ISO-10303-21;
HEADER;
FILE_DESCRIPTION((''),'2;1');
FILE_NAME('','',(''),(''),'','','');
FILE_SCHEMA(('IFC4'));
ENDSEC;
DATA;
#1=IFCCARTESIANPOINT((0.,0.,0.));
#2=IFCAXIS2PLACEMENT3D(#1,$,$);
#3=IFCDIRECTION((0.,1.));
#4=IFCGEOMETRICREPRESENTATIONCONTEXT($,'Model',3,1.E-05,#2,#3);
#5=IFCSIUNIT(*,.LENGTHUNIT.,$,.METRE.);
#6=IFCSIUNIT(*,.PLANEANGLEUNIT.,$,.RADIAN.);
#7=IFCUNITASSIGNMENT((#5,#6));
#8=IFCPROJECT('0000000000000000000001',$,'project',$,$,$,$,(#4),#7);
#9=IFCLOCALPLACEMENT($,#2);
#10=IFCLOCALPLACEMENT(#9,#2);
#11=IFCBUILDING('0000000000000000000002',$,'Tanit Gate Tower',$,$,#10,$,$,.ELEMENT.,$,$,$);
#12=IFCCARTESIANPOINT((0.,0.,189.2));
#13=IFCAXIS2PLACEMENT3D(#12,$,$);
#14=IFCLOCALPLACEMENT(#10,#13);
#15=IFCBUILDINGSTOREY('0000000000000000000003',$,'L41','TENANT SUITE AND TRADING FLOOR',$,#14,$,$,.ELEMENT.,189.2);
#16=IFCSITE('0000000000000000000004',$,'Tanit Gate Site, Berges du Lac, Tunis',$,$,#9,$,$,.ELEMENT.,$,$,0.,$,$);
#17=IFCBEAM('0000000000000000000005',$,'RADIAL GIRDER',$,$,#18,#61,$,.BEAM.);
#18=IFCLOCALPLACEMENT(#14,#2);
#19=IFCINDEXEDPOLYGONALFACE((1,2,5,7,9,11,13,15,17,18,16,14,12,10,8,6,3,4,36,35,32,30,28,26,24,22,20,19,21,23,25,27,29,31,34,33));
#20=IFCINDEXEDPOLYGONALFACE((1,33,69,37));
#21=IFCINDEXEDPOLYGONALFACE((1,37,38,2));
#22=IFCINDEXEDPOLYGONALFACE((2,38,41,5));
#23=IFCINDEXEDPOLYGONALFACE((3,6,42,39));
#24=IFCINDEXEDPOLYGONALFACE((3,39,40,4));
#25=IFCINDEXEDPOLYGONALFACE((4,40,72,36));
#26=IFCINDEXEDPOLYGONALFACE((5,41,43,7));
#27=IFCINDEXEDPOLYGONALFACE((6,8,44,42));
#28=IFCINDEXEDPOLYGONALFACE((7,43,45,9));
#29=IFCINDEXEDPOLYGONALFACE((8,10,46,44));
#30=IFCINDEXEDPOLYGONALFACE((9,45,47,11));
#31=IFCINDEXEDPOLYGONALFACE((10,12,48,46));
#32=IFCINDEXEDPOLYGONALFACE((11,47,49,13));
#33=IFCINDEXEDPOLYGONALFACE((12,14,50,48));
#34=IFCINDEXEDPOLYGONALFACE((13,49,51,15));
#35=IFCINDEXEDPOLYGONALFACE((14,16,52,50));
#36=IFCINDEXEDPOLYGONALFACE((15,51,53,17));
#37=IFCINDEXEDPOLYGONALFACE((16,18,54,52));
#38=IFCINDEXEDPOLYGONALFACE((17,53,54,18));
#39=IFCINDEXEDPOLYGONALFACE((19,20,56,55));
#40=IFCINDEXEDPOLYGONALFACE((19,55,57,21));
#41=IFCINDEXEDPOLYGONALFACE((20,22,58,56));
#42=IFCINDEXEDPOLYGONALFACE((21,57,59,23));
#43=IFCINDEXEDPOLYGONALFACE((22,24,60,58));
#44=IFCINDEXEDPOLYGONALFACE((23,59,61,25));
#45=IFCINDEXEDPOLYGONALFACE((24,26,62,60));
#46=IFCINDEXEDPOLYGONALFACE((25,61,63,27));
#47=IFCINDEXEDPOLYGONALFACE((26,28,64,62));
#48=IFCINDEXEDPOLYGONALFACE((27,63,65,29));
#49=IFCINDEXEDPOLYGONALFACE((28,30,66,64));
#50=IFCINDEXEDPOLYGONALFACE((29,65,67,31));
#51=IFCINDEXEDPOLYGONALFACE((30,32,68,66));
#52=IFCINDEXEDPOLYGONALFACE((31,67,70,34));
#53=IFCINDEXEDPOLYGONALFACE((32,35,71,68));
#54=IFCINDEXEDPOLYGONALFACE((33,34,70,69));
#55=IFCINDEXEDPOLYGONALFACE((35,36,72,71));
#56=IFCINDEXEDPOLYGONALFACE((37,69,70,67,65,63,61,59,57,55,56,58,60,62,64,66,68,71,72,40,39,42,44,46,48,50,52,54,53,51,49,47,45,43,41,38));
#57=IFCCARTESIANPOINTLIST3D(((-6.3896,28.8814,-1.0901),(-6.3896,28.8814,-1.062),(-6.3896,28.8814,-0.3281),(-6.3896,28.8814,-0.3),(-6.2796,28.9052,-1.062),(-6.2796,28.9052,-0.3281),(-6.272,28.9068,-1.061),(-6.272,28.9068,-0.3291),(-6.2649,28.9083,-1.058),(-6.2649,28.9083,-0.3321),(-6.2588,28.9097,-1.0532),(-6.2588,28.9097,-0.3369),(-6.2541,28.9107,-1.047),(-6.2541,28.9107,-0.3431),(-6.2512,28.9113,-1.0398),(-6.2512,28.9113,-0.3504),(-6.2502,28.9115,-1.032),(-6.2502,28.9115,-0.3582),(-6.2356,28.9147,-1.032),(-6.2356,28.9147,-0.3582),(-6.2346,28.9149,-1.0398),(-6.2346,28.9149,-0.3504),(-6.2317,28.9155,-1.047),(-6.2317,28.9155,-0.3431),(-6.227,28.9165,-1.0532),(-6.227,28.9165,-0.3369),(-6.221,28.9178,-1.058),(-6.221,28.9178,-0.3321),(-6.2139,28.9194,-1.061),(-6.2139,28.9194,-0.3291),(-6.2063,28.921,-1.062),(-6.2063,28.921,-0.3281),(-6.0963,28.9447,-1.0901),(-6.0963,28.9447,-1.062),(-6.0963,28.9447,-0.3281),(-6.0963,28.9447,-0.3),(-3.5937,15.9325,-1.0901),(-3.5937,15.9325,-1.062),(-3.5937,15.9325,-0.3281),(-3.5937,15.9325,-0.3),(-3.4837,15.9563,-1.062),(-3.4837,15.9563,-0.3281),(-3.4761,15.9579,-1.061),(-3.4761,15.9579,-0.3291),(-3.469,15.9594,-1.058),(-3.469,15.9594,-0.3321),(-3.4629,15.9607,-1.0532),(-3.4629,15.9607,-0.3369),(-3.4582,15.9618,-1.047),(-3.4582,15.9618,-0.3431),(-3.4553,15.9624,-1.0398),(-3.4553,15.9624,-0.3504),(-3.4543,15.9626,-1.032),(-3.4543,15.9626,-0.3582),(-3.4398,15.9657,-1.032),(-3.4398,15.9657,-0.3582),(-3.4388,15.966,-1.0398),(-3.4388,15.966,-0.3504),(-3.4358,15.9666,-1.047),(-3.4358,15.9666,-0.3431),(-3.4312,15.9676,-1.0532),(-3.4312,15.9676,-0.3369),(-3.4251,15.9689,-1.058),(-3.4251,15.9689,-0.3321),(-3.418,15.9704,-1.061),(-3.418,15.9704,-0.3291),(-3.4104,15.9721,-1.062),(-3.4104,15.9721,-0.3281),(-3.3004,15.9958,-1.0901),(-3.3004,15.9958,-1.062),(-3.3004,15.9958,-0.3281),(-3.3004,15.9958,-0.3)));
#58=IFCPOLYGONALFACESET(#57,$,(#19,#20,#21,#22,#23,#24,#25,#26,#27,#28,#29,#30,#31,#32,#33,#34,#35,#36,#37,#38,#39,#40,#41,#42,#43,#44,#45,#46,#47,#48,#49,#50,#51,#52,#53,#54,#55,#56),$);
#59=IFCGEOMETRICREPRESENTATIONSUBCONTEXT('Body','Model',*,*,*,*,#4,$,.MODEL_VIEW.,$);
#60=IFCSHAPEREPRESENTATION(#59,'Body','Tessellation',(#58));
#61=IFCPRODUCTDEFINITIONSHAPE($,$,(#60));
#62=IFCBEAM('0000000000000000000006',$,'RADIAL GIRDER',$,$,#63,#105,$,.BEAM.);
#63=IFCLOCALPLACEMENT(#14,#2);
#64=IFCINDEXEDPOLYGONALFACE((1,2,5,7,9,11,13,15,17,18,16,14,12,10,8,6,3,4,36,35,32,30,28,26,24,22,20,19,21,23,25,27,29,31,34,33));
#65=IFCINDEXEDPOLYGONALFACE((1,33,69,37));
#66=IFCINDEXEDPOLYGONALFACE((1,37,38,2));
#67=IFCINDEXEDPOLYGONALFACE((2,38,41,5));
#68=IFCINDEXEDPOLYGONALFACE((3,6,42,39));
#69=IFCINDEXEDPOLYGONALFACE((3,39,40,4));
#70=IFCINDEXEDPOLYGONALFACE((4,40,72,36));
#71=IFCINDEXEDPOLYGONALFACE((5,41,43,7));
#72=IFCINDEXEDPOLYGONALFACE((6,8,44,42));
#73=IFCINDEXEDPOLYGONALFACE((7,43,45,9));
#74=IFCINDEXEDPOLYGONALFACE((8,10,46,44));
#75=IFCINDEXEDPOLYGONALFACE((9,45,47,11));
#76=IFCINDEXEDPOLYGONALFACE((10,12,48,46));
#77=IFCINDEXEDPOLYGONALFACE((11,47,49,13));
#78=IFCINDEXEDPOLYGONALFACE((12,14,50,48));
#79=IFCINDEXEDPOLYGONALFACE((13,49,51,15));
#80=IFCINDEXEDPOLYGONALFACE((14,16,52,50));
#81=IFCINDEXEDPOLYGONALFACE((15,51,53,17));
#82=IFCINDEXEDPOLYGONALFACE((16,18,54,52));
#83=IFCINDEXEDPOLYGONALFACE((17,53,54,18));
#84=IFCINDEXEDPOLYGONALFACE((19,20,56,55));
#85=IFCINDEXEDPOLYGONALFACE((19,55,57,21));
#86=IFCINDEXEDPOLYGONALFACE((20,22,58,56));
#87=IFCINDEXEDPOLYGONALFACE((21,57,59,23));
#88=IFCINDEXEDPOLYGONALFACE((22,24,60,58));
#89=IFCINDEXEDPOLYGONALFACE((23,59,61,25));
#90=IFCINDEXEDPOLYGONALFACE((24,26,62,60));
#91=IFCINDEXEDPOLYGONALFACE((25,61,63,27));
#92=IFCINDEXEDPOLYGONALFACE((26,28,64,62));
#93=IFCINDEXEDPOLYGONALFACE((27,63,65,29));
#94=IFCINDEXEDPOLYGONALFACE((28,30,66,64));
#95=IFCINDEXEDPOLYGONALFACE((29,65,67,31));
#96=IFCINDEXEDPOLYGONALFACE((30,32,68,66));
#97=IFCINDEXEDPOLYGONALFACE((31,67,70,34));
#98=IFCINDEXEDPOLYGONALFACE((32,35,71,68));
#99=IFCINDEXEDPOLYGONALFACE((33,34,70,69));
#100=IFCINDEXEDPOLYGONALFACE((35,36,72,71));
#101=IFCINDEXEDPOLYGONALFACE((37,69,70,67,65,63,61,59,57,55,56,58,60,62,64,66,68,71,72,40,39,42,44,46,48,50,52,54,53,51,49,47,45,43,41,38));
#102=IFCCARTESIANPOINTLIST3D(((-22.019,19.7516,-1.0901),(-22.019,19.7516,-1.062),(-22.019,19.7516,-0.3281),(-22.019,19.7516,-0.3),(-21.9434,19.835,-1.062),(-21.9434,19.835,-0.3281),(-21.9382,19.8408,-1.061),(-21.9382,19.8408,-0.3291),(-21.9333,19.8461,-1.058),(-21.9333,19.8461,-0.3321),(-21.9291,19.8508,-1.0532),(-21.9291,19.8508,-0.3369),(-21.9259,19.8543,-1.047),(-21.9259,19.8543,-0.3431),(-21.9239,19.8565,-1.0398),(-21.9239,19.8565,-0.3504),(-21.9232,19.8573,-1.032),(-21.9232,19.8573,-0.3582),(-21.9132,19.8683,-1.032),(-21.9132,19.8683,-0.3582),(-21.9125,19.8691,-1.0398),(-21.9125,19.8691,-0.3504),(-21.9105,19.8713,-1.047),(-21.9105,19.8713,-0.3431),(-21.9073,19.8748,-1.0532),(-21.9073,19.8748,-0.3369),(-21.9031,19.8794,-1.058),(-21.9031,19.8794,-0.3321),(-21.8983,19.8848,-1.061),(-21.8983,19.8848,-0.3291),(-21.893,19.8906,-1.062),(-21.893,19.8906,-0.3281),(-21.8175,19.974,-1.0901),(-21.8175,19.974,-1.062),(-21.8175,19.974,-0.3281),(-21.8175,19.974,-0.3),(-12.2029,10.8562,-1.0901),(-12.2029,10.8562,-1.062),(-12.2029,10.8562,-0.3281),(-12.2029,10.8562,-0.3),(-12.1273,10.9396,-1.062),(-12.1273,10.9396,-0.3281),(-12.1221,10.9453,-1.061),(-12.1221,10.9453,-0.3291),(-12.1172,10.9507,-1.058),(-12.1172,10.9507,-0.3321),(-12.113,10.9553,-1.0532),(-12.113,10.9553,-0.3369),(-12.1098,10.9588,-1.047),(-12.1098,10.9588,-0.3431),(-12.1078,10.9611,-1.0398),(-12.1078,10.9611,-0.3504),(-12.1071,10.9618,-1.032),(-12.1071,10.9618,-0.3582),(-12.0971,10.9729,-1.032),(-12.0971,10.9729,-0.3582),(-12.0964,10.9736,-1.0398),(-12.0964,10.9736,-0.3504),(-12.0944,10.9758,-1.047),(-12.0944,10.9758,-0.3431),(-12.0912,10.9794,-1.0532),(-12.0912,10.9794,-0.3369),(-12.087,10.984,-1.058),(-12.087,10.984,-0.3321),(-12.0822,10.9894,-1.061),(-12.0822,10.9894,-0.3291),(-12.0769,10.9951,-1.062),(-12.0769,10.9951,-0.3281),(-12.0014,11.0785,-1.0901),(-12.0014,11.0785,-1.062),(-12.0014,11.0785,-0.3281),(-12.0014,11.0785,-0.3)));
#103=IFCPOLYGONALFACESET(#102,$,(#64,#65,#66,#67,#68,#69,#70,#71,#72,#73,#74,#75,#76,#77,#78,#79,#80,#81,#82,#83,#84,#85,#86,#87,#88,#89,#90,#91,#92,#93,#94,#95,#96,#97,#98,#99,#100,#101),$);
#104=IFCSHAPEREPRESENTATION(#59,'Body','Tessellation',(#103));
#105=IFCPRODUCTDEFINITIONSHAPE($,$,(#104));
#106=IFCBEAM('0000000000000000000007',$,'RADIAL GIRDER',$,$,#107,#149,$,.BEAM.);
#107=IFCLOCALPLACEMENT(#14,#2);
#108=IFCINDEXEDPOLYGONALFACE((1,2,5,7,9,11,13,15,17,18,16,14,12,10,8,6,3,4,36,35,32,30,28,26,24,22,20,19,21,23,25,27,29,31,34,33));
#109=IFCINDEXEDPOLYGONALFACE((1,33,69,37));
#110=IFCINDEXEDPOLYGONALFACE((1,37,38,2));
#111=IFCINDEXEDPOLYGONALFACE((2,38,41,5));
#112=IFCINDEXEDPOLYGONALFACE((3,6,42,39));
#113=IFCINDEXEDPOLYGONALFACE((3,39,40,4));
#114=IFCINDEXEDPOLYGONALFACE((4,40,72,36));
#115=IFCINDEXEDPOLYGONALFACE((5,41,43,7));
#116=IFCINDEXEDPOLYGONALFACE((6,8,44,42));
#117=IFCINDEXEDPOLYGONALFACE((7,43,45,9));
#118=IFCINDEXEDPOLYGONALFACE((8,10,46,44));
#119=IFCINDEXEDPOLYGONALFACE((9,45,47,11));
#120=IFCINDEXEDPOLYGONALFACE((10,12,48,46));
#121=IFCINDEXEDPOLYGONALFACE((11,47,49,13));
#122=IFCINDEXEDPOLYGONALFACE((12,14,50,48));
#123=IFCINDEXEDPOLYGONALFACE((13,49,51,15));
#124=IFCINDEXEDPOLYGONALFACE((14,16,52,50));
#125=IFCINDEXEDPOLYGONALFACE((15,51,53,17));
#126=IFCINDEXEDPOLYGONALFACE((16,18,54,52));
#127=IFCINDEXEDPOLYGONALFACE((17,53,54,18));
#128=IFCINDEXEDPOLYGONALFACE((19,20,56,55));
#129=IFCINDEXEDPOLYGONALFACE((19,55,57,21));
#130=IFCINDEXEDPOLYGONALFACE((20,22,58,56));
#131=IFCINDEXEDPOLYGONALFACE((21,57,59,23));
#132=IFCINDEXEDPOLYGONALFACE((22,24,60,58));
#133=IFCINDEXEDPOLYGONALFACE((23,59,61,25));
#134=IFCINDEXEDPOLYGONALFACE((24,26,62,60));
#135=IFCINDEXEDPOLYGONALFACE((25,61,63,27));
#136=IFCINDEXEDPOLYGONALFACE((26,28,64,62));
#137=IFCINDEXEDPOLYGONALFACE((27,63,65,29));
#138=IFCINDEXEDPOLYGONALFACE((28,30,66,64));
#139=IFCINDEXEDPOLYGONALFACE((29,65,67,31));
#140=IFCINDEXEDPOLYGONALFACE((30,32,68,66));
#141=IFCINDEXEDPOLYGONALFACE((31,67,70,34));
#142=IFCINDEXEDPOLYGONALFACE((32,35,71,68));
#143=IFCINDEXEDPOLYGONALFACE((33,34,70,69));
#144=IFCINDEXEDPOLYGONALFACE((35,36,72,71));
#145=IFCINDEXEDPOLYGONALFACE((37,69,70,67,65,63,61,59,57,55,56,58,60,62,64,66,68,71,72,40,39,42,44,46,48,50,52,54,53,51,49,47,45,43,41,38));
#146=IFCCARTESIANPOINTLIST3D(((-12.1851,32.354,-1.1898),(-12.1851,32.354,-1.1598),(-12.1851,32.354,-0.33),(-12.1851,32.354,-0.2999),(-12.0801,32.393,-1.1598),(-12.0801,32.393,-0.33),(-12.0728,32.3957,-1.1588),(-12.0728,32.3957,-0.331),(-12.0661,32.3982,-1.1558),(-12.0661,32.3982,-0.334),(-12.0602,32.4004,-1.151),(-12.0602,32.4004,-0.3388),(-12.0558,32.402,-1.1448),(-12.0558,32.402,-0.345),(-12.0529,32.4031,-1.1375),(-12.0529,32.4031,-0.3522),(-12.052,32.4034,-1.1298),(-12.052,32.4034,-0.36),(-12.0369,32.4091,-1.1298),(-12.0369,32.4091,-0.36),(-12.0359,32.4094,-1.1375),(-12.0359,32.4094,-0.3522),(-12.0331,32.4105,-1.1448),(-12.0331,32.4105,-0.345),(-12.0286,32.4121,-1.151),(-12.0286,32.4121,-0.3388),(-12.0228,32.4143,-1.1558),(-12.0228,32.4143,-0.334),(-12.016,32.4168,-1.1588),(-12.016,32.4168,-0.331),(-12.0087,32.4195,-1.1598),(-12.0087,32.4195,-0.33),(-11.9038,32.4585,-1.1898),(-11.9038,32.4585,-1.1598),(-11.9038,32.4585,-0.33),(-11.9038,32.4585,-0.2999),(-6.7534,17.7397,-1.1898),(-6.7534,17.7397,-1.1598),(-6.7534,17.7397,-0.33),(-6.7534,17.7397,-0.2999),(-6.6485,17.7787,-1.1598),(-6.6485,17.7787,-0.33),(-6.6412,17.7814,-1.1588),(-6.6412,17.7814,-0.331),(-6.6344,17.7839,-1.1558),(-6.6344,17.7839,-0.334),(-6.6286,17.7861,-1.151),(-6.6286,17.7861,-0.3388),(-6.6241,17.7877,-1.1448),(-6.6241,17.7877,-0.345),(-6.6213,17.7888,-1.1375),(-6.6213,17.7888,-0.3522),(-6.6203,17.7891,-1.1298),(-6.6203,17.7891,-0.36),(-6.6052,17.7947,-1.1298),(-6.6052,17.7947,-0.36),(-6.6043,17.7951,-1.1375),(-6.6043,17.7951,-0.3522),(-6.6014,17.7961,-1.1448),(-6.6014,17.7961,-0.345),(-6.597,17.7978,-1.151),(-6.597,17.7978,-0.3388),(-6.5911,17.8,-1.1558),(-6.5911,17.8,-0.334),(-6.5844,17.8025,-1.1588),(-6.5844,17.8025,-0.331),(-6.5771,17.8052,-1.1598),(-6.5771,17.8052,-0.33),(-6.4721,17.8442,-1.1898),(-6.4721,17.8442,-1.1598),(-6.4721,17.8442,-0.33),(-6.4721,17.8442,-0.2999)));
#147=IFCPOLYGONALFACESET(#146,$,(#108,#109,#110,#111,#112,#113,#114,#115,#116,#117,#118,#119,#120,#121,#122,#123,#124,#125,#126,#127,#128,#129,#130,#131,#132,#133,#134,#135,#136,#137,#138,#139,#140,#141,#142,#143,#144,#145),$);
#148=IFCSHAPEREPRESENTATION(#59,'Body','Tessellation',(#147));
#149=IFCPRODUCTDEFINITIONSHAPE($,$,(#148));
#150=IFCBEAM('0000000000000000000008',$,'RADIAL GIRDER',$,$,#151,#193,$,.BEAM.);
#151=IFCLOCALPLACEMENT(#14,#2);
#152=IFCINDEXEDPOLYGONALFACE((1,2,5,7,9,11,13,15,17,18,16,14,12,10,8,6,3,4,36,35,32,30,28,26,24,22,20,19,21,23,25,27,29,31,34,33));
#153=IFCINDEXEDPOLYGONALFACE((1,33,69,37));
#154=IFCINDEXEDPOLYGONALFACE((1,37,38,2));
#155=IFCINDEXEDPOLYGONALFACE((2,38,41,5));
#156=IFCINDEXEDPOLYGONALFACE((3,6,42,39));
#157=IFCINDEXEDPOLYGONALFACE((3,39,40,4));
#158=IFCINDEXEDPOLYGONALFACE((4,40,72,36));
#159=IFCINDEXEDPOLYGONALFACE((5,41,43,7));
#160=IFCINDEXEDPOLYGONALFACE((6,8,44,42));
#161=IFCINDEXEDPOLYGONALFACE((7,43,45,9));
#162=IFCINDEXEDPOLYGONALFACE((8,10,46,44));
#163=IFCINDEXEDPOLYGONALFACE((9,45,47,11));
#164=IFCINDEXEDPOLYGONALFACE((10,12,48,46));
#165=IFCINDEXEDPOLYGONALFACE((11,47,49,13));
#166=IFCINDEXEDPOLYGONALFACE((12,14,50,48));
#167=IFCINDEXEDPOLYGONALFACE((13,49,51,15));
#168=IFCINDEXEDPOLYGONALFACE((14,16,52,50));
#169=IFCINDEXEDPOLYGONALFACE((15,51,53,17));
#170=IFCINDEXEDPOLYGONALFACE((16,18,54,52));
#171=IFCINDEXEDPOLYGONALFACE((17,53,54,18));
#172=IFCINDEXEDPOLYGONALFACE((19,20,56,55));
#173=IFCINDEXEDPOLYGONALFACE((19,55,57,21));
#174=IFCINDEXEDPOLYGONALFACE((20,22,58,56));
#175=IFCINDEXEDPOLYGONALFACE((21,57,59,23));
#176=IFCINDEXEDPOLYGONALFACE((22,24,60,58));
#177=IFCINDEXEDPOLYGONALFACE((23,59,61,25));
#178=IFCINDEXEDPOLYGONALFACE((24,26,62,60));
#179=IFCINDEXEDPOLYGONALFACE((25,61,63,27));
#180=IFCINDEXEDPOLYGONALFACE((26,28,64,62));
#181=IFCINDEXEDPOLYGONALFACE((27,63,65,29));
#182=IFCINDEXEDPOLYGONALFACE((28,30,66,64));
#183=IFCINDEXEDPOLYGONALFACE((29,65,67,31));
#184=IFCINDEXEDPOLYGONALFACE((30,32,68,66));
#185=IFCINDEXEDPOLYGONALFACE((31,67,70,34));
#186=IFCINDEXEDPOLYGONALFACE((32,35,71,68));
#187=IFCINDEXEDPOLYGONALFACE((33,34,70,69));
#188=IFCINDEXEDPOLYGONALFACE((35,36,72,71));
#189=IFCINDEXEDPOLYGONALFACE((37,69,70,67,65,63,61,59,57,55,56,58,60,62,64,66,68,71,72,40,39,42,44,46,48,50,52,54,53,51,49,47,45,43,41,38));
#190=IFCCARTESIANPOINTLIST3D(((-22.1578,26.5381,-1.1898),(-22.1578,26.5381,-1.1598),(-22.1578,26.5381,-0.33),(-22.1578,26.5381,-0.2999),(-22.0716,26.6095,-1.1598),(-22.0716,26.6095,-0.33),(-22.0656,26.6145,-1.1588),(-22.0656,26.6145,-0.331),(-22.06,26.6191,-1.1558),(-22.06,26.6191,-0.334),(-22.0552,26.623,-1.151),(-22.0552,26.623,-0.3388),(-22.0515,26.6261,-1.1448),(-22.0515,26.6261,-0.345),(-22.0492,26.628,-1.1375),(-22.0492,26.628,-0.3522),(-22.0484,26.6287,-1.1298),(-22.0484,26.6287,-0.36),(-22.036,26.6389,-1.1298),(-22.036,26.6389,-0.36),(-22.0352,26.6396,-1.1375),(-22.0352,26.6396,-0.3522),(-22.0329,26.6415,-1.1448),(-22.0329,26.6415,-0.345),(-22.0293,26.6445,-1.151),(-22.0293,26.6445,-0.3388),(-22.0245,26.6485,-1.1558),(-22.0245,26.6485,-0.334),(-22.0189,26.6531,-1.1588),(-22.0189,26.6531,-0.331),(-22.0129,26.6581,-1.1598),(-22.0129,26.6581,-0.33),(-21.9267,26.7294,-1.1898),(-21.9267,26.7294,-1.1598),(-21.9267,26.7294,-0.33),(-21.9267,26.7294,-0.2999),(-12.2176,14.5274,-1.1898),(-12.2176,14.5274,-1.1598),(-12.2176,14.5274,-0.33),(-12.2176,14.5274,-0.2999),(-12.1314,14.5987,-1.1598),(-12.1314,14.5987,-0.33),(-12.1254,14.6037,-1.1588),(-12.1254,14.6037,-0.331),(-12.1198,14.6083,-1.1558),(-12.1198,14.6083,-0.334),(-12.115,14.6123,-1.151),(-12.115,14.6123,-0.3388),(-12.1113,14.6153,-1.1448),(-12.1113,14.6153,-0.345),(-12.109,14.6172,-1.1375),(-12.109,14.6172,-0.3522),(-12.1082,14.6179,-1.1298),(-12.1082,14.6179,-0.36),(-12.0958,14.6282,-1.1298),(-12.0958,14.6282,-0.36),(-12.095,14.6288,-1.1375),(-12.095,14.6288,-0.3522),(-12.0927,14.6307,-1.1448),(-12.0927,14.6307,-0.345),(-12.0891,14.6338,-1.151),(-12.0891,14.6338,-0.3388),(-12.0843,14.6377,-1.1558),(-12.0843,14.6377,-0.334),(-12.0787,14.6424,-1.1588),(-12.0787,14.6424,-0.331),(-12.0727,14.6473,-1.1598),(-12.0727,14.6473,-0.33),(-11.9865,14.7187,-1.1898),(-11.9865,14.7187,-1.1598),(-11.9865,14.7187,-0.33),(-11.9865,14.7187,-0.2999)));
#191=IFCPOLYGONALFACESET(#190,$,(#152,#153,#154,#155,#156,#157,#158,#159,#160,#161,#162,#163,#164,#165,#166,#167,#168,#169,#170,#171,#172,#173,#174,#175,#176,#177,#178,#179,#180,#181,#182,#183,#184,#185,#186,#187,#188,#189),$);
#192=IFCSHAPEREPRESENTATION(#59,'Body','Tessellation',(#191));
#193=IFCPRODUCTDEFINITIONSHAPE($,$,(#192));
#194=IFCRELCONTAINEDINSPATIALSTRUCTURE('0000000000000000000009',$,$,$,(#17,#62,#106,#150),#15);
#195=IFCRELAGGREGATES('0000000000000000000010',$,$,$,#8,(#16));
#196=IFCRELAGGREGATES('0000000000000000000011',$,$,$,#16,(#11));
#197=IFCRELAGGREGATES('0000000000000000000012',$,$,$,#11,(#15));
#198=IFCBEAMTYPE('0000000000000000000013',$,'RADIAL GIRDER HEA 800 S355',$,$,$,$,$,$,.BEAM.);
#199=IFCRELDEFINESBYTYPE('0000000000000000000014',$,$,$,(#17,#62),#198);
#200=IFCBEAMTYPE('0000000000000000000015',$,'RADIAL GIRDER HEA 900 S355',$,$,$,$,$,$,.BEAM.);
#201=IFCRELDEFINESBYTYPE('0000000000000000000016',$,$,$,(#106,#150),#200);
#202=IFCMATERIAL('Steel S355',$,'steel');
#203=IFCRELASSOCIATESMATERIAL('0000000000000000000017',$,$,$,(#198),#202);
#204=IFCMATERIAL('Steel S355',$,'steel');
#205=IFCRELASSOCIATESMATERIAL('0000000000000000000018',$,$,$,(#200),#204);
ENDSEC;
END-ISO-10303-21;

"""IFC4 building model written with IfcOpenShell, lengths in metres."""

from ifc_helpers import new_model, si_unit, direction, frame, origin, origin_2d, place, context, subcontext, project, spatial, i_section, extrude, material, material_profile, profile_set, type_object, element, save


model = new_model("IFC4")

# Units and contexts
model_context = context("Model", 3, precision=1e-05, world=origin(), true_north=direction((0.0, 1.0)))
body_context = subcontext(model_context, "Body", "Model", "MODEL_VIEW")
ifc_project = project(units=[si_unit("LENGTHUNIT", "METRE"), si_unit("PLANEANGLEUNIT", "RADIAN")], contexts=[model_context])

# Site, building, storey
site_placement = place(None, origin())
site = spatial("IfcSite", under=ifc_project, at=site_placement, Name="Tanit Gate Site, Berges du Lac, Tunis", CompositionType="ELEMENT", RefElevation=0.0)
building_placement = place(site_placement, origin())
building = spatial("IfcBuilding", under=site, at=building_placement, Name="Tanit Gate Tower", CompositionType="ELEMENT")
storey_placement = place(building_placement, frame((0.0, 0.0, 189.2)))
storey = spatial("IfcBuildingStorey", under=building, at=storey_placement, Name="L41", Description="TENANT SUITE AND TRADING FLOOR", CompositionType="ELEMENT", Elevation=189.2)

# Beams
ifc_material_1 = material(Name="Steel S355", Category="steel")
ifc_material_profile_1 = material_profile(ifc_material_1, i_section(OverallWidth=0.3, OverallDepth=0.79, WebThickness=0.0149, FlangeThickness=0.0281, FilletRadius=0.03, at=origin_2d()), Name="HEA 800")
ifc_profile_set_1 = profile_set([ifc_material_profile_1], Name="Steel S355")
beam_type_1 = type_object("IfcBeamType", Name="RADIAL GIRDER HEA 800 S355", PredefinedType="BEAM", material=ifc_profile_set_1)
beam_1_placement = place(storey_placement, frame((-6.2429, 28.9131, -0.6951), z_axis=(0.211053, -0.977475, 0.0), x_axis=(0.977475, 0.211053, 0.0)))
element("IfcBeam", 1, at=beam_1_placement, inside=storey, type_object=beam_type_1, Name="RADIAL GIRDER", PredefinedType="BEAM", context=body_context, shape_type="SweptSolid", body=[
    extrude(i_section(OverallWidth=0.3, OverallDepth=0.79, WebThickness=0.0149, FlangeThickness=0.0281, FilletRadius=0.03, at=origin_2d()), origin(), (0.0, 0.0, 1.0), 13.2473),
])
beam_2_placement = place(storey_placement, frame((-21.9182, 19.8628, -0.6951), z_axis=(0.741002, -0.671503, 0.0), x_axis=(0.671503, 0.741002, 0.0)))
element("IfcBeam", 2, at=beam_2_placement, inside=storey, type_object=beam_type_1, Name="RADIAL GIRDER", PredefinedType="BEAM", context=body_context, shape_type="SweptSolid", body=[
    extrude(i_section(OverallWidth=0.3, OverallDepth=0.79, WebThickness=0.0149, FlangeThickness=0.0281, FilletRadius=0.03, at=origin_2d()), origin(), (0.0, 0.0, 1.0), 13.2471),
])
ifc_material_2 = material(Name="Steel S355", Category="steel")
ifc_material_profile_2 = material_profile(ifc_material_2, i_section(OverallWidth=0.3, OverallDepth=0.8899, WebThickness=0.0161, FlangeThickness=0.03, FilletRadius=0.03, at=origin_2d()), Name="HEA 900")
ifc_profile_set_2 = profile_set([ifc_material_profile_2], Name="Steel S355")
beam_type_2 = type_object("IfcBeamType", Name="RADIAL GIRDER HEA 900 S355", PredefinedType="BEAM", material=ifc_profile_set_2)
beam_3_placement = place(storey_placement, frame((-12.0444, 32.4062, -0.7449), z_axis=(0.348383, -0.937352, 0.0), x_axis=(0.937352, 0.348383, 0.0)))
element("IfcBeam", 3, at=beam_3_placement, inside=storey, type_object=beam_type_2, Name="RADIAL GIRDER", PredefinedType="BEAM", context=body_context, shape_type="SweptSolid", body=[
    extrude(i_section(OverallWidth=0.3, OverallDepth=0.8899, WebThickness=0.0161, FlangeThickness=0.03, FilletRadius=0.03, at=origin_2d()), origin(), (0.0, 0.0, 1.0), 15.5911),
])
beam_4_placement = place(storey_placement, frame((-22.0422, 26.6338, -0.7449), z_axis=(0.637578, -0.770386, 0.0), x_axis=(0.770386, 0.637578, 0.0)))
element("IfcBeam", 4, at=beam_4_placement, inside=storey, type_object=beam_type_2, Name="RADIAL GIRDER", PredefinedType="BEAM", context=body_context, shape_type="SweptSolid", body=[
    extrude(i_section(OverallWidth=0.3, OverallDepth=0.8899, WebThickness=0.0161, FlangeThickness=0.03, FilletRadius=0.03, at=origin_2d()), origin(), (0.0, 0.0, 1.0), 15.5906),
])

save(model, "model.ifc")
